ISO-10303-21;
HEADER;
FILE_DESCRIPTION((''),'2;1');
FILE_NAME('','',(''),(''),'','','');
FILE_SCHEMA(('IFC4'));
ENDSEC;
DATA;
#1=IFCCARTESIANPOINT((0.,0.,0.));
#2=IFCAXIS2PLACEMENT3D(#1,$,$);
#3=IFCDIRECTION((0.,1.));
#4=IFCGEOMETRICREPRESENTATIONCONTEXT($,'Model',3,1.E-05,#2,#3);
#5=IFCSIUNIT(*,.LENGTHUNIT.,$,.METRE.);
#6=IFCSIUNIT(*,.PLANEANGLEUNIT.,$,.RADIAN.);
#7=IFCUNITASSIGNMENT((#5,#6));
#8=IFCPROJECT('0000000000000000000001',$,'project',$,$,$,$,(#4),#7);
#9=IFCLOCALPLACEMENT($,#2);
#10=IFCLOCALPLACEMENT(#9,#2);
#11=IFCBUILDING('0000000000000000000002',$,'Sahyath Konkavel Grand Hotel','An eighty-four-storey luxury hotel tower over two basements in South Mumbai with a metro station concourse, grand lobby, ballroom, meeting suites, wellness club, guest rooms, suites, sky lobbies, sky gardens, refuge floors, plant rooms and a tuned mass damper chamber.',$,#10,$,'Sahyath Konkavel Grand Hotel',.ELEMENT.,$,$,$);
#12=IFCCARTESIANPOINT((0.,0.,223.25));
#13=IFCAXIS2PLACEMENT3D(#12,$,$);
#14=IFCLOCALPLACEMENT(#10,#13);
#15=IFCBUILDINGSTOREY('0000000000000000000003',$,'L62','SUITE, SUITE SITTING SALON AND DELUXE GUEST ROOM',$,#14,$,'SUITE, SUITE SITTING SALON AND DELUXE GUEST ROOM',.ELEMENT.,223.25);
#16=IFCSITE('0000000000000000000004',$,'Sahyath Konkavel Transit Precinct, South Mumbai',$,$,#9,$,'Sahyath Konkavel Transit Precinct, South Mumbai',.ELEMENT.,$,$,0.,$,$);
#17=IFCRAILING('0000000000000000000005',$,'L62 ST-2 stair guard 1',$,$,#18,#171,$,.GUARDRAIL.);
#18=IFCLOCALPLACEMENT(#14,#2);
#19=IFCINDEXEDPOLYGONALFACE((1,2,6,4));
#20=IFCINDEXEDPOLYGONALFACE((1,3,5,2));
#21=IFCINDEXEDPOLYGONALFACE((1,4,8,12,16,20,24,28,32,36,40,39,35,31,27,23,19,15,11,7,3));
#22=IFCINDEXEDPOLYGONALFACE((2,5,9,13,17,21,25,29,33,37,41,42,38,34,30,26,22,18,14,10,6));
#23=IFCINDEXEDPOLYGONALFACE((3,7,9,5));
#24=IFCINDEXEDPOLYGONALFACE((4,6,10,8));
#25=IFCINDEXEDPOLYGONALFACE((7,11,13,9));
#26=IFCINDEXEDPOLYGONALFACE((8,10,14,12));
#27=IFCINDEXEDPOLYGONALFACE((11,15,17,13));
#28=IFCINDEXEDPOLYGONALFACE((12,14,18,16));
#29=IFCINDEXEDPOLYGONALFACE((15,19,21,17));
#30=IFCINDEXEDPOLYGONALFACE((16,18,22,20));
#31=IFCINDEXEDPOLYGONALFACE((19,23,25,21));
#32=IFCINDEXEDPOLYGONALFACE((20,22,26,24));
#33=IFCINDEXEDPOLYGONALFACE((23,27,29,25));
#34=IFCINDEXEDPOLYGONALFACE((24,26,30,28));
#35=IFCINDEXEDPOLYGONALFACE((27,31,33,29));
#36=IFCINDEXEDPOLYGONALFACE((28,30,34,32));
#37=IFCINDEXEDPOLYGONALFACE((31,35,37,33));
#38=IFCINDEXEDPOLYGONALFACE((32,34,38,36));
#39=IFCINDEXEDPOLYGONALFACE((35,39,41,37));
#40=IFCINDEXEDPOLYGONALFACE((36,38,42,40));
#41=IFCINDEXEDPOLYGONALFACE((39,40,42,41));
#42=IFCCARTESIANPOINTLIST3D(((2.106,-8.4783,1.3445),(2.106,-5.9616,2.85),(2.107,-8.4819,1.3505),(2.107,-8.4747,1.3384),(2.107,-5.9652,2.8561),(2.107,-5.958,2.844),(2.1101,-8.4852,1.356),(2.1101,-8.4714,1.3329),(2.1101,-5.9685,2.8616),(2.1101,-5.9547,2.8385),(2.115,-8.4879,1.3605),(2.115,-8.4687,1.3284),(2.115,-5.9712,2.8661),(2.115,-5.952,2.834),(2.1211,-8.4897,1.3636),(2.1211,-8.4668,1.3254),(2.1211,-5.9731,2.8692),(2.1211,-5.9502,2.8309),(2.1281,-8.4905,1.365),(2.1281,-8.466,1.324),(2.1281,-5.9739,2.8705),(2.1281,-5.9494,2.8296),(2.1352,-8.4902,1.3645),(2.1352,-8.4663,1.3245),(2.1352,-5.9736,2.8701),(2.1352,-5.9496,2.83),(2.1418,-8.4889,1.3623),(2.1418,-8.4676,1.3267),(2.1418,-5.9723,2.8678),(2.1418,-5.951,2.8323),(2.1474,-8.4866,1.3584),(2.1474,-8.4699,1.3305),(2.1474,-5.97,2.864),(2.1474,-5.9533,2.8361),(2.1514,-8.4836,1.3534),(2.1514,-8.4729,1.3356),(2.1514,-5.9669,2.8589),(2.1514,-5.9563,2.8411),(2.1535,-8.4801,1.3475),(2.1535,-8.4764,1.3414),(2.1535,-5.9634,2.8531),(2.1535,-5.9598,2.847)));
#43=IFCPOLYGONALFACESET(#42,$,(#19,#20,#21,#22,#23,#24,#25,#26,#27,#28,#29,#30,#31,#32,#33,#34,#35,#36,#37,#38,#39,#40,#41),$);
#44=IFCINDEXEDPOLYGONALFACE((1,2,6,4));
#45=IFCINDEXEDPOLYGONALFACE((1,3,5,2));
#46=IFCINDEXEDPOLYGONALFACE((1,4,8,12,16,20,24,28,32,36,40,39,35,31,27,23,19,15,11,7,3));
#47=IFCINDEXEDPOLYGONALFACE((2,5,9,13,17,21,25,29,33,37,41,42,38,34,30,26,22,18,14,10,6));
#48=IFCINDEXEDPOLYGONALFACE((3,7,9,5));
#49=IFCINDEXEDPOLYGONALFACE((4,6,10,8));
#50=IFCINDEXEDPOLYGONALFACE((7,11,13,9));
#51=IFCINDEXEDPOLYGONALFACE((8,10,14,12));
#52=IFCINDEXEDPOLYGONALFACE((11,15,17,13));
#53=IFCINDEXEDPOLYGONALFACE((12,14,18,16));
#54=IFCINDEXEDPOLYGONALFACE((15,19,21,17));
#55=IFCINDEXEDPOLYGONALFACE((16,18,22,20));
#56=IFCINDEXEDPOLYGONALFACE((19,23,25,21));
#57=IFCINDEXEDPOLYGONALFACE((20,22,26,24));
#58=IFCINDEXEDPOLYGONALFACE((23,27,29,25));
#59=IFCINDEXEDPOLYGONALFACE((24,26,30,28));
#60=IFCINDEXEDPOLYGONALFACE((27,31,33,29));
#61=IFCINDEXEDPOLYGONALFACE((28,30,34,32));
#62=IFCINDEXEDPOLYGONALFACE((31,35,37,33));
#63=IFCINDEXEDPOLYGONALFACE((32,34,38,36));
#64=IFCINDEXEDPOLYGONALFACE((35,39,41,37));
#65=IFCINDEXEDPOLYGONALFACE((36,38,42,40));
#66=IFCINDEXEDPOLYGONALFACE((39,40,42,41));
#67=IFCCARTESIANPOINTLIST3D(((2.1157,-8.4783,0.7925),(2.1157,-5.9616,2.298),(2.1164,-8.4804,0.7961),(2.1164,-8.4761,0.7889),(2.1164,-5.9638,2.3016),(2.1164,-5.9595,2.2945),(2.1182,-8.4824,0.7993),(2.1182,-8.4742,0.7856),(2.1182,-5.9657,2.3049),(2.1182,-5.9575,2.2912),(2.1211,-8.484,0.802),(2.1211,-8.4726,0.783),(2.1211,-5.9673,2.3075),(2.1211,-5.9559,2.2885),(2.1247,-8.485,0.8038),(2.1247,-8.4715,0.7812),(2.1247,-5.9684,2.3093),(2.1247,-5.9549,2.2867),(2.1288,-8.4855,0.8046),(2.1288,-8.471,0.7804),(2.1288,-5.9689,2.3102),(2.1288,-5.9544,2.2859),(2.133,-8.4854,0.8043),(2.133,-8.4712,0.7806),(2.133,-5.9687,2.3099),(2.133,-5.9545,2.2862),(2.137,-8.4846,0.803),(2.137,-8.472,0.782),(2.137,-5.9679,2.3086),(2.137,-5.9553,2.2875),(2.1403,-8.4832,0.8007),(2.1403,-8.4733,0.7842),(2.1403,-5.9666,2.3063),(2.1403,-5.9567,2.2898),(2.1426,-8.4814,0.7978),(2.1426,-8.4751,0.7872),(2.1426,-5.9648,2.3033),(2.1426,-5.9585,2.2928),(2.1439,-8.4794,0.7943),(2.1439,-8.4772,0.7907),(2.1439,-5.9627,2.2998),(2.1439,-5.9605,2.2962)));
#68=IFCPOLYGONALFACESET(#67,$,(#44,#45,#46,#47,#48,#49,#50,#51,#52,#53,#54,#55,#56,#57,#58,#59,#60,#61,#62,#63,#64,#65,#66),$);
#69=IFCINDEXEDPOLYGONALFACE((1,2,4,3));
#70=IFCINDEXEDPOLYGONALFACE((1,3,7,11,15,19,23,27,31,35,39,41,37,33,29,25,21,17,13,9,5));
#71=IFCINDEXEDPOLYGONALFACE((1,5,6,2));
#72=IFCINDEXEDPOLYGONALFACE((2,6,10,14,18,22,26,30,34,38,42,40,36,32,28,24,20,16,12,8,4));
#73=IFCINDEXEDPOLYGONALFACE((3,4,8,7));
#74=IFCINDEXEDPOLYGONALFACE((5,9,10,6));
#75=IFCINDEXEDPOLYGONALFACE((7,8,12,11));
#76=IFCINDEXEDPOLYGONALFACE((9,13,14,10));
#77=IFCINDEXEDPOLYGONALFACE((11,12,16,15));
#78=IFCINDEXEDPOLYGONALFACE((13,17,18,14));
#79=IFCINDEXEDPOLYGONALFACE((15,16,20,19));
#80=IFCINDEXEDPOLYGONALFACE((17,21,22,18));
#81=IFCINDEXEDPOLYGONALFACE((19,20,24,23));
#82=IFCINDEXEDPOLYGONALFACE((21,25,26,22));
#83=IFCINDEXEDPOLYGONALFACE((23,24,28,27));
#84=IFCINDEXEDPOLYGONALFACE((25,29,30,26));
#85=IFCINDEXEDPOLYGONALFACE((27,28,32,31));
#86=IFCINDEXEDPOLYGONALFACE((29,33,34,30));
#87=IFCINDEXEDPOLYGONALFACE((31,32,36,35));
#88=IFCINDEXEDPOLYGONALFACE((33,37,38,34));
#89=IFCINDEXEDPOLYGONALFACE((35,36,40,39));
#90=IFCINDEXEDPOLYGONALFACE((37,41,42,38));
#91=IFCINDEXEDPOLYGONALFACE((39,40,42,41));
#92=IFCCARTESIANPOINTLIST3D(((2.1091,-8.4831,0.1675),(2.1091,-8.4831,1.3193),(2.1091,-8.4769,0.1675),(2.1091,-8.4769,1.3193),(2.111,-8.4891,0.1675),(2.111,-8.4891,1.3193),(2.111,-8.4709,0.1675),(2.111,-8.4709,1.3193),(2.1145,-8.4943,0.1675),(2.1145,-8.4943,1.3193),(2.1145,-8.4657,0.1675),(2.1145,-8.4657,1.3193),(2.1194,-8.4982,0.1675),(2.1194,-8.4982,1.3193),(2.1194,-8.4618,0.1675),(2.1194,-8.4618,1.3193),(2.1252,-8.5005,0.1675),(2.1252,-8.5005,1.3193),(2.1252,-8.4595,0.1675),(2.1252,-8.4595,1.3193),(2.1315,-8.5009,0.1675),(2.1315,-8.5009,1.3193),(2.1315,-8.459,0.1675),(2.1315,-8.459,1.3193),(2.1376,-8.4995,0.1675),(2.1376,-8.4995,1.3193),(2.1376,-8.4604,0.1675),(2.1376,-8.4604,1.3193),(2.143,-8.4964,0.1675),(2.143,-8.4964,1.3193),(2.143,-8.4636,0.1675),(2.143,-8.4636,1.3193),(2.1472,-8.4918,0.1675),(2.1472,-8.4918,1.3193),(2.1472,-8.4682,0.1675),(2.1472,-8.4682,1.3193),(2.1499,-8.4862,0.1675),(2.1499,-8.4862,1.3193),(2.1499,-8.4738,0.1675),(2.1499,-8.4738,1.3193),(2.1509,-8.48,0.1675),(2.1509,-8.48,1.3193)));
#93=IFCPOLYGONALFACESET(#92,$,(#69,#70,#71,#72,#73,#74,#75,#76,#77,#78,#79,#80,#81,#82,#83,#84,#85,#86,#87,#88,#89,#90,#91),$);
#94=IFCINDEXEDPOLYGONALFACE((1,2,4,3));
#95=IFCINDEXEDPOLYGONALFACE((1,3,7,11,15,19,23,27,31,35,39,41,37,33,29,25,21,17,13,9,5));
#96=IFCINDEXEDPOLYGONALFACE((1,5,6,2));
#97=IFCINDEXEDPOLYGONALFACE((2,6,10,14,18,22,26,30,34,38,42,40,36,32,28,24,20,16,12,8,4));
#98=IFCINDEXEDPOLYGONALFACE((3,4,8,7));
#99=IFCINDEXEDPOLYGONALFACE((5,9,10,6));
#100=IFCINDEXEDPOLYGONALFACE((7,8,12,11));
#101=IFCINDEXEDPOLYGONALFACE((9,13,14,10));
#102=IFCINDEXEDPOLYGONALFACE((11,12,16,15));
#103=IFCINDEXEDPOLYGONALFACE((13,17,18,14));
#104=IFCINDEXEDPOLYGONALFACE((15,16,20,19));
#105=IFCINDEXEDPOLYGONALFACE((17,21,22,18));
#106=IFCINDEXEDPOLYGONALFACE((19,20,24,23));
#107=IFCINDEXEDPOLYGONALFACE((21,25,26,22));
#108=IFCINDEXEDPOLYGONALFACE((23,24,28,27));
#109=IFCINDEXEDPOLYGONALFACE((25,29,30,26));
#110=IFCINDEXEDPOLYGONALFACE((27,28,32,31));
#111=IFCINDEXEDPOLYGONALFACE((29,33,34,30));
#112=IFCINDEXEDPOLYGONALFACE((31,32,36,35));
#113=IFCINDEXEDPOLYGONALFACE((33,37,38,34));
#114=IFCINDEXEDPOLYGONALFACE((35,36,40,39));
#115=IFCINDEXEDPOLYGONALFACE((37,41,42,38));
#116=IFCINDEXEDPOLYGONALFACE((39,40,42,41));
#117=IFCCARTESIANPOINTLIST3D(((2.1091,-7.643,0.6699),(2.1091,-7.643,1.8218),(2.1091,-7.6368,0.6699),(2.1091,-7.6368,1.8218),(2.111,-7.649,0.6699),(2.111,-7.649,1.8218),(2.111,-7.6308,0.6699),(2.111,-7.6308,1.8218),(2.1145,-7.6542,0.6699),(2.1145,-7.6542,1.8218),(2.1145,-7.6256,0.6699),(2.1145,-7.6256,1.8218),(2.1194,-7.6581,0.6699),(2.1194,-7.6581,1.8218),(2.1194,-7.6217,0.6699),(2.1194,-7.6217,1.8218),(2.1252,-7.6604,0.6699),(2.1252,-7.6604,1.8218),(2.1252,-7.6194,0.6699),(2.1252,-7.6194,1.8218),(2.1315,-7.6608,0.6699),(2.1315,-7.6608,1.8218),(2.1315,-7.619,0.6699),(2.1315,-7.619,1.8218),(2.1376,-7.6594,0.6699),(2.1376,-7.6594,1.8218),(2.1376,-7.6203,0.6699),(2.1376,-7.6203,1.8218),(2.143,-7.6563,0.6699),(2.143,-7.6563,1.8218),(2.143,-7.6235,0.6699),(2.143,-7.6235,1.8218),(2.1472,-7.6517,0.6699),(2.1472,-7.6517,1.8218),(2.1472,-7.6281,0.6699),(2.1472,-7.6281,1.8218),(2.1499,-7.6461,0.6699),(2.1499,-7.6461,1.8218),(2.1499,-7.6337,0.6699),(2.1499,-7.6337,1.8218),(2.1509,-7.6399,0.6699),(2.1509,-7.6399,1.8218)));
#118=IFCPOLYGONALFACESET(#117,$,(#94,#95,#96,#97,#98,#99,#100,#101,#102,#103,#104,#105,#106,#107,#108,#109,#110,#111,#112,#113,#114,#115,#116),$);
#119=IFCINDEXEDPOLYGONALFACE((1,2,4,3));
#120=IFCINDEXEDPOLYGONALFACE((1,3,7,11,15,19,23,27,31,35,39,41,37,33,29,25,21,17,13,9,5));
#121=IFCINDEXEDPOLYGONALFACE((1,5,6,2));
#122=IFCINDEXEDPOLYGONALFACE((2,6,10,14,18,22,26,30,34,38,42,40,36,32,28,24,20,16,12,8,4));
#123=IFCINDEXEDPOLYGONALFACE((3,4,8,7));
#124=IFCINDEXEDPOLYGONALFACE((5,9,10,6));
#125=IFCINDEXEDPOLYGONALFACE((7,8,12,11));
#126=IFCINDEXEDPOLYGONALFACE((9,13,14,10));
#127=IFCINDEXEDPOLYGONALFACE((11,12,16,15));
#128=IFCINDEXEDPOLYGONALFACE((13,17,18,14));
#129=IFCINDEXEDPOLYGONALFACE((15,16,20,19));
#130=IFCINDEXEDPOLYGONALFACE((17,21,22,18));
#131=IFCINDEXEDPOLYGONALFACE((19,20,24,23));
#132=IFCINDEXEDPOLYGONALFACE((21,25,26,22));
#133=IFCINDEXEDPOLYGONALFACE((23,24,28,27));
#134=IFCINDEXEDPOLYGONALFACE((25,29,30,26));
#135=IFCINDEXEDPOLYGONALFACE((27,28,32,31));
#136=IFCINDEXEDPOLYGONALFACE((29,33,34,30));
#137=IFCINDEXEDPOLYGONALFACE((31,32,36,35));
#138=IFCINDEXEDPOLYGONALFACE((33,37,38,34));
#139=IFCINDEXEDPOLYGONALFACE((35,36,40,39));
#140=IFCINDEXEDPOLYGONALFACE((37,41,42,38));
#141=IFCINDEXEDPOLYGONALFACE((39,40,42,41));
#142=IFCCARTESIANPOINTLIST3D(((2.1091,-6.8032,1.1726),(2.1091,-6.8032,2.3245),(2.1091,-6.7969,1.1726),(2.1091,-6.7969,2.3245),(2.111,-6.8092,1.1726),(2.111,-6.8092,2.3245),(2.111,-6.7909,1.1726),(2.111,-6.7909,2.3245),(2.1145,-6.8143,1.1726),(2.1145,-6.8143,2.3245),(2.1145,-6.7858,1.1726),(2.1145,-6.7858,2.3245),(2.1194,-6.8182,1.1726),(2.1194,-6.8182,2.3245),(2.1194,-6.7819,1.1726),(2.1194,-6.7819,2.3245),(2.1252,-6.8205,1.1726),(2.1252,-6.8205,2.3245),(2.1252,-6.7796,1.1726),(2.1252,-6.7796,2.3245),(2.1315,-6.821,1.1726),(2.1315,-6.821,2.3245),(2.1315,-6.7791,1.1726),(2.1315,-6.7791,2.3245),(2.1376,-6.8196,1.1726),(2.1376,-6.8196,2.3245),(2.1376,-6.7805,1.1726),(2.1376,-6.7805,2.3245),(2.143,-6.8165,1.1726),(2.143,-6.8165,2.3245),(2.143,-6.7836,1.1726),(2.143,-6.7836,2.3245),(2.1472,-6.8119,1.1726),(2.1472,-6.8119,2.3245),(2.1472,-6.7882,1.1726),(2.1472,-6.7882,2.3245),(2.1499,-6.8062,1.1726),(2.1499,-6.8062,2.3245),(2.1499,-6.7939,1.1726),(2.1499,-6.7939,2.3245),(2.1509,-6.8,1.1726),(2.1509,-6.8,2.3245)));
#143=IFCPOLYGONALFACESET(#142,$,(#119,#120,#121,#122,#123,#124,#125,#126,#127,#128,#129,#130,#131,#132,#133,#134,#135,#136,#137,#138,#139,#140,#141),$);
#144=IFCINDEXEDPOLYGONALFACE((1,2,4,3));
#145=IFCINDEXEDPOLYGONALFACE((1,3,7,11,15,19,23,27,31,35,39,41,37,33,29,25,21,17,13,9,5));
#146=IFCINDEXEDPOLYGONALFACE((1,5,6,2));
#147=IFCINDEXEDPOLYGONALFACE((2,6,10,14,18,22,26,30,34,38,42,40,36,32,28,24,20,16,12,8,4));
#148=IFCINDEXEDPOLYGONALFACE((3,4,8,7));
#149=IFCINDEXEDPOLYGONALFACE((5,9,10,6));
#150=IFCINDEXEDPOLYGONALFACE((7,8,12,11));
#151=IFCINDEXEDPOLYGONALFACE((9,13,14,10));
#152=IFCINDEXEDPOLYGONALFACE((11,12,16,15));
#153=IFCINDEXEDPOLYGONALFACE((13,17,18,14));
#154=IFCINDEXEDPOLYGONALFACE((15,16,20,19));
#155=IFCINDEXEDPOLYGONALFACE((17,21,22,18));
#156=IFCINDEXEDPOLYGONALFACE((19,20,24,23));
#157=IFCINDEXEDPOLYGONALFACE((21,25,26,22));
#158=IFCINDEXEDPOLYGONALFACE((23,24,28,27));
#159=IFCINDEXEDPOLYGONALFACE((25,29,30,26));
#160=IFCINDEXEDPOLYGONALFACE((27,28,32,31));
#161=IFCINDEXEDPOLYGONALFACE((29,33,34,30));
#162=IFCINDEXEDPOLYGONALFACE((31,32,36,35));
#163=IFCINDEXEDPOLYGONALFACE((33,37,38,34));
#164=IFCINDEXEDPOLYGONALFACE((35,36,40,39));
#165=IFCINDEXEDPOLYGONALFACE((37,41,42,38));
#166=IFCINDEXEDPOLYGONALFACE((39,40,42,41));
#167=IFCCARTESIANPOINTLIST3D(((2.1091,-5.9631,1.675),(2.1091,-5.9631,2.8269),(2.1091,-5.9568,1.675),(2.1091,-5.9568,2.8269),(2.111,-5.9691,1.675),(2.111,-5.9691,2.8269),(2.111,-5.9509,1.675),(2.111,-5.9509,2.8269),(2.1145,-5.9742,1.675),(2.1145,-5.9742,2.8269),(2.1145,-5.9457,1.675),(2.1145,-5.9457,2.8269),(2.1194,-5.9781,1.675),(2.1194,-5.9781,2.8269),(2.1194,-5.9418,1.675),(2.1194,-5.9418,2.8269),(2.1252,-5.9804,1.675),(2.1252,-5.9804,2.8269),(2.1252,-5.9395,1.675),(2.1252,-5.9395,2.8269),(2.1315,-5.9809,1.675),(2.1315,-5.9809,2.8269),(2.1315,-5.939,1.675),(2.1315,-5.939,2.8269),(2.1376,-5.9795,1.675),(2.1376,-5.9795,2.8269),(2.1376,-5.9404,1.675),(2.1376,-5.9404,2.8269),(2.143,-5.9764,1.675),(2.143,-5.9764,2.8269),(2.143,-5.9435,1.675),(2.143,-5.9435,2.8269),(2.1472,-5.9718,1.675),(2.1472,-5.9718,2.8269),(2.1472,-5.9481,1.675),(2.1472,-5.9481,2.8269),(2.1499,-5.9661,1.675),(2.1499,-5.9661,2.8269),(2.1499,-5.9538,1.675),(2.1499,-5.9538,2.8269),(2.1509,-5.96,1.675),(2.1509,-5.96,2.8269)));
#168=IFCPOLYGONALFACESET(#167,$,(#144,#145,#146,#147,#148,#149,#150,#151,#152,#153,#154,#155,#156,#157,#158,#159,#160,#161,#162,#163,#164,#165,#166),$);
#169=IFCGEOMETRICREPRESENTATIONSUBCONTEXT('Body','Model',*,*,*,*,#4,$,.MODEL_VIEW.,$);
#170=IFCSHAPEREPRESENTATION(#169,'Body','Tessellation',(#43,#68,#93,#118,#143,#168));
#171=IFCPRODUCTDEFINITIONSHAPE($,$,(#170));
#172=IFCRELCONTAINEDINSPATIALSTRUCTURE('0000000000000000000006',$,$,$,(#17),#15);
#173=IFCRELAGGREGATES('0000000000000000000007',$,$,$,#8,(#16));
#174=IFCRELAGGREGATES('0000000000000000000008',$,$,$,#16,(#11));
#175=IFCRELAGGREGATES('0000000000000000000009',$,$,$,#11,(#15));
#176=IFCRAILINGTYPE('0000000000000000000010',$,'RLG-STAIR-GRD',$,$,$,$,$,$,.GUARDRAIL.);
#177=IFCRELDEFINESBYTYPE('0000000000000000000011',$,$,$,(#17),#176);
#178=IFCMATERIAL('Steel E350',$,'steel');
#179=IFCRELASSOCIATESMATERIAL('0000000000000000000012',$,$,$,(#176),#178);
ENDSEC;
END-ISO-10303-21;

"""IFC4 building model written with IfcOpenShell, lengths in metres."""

from ifc_helpers import new_model, si_unit, direction, frame, origin, origin_2d, place, context, subcontext, project, spatial, circle, extrude, material, type_object, element, save


model = new_model("IFC4")

# Units and contexts
model_context = context("Model", 3, precision=1e-05, world=origin(), true_north=direction((0.0, 1.0)))
body_context = subcontext(model_context, "Body", "Model", "MODEL_VIEW")
ifc_project = project(units=[si_unit("LENGTHUNIT", "METRE"), si_unit("PLANEANGLEUNIT", "RADIAN")], contexts=[model_context])

# Site, building, storey
site_placement = place(None, origin())
site = spatial("IfcSite", under=ifc_project, at=site_placement, Name="Sahyath Konkavel Transit Precinct, South Mumbai", LongName="Sahyath Konkavel Transit Precinct, South Mumbai", CompositionType="ELEMENT", RefElevation=0.0)
building_placement = place(site_placement, origin())
building = spatial("IfcBuilding", under=site, at=building_placement, Name="Sahyath Konkavel Grand Hotel", Description="An eighty-four-storey luxury hotel tower over two basements in South Mumbai with a metro station concourse, grand lobby, ballroom, meeting suites, wellness club, guest rooms, suites, sky lobbies, sky gardens, refuge floors, plant rooms and a tuned mass damper chamber.", LongName="Sahyath Konkavel Grand Hotel", CompositionType="ELEMENT")
storey_placement = place(building_placement, frame((0.0, 0.0, 223.25)))
storey = spatial("IfcBuildingStorey", under=building, at=storey_placement, Name="L62", Description="SUITE, SUITE SITTING SALON AND DELUXE GUEST ROOM", LongName="SUITE, SUITE SITTING SALON AND DELUXE GUEST ROOM", CompositionType="ELEMENT", Elevation=223.25)

# Shared definitions
ifc_material_1 = material(Name="Steel E350", Category="steel")

# Railing
railing_type_1 = type_object("IfcRailingType", Name="RLG-STAIR-GRD", PredefinedType="GUARDRAIL", material=ifc_material_1)
railing_1_placement = place(storey_placement, frame((2.1299, -8.48, 0.1675)))
element("IfcRailing", 1, at=railing_1_placement, inside=storey, type_object=railing_type_1, Name="L62 ST-2 stair guard 1", PredefinedType="GUARDRAIL", context=body_context, shape_type="SweptSolid", body=[
    extrude(circle(Radius=0.0239, at=origin_2d()), frame((0.0, 0.0017, 1.177), z_axis=(0.0, 0.85816, 0.513383), x_axis=(-1.0, 0.0, 0.0)), (0.0, 0.0, 1.0), 2.9326),
    extrude(circle(Radius=0.0142, at=origin_2d()), frame((0.0, 0.0017, 0.625), z_axis=(0.0, 0.85816, 0.513383), x_axis=(-1.0, 0.0, 0.0)), (0.0, 0.0, 1.0), 2.9326),
    extrude(circle(Radius=0.021, at=origin_2d()), origin(), (0.0, 0.0, 1.0), 1.1519),
    extrude(circle(Radius=0.021, at=origin_2d()), frame((0.0, 0.8401, 0.5024)), (0.0, 0.0, 1.0), 1.1519),
    extrude(circle(Radius=0.021, at=origin_2d()), frame((0.0, 1.6799, 1.0051)), (0.0, 0.0, 1.0), 1.1519),
    extrude(circle(Radius=0.021, at=origin_2d()), frame((0.0, 2.52, 1.5076)), (0.0, 0.0, 1.0), 1.1519),
])

save(model, "model.ifc")
